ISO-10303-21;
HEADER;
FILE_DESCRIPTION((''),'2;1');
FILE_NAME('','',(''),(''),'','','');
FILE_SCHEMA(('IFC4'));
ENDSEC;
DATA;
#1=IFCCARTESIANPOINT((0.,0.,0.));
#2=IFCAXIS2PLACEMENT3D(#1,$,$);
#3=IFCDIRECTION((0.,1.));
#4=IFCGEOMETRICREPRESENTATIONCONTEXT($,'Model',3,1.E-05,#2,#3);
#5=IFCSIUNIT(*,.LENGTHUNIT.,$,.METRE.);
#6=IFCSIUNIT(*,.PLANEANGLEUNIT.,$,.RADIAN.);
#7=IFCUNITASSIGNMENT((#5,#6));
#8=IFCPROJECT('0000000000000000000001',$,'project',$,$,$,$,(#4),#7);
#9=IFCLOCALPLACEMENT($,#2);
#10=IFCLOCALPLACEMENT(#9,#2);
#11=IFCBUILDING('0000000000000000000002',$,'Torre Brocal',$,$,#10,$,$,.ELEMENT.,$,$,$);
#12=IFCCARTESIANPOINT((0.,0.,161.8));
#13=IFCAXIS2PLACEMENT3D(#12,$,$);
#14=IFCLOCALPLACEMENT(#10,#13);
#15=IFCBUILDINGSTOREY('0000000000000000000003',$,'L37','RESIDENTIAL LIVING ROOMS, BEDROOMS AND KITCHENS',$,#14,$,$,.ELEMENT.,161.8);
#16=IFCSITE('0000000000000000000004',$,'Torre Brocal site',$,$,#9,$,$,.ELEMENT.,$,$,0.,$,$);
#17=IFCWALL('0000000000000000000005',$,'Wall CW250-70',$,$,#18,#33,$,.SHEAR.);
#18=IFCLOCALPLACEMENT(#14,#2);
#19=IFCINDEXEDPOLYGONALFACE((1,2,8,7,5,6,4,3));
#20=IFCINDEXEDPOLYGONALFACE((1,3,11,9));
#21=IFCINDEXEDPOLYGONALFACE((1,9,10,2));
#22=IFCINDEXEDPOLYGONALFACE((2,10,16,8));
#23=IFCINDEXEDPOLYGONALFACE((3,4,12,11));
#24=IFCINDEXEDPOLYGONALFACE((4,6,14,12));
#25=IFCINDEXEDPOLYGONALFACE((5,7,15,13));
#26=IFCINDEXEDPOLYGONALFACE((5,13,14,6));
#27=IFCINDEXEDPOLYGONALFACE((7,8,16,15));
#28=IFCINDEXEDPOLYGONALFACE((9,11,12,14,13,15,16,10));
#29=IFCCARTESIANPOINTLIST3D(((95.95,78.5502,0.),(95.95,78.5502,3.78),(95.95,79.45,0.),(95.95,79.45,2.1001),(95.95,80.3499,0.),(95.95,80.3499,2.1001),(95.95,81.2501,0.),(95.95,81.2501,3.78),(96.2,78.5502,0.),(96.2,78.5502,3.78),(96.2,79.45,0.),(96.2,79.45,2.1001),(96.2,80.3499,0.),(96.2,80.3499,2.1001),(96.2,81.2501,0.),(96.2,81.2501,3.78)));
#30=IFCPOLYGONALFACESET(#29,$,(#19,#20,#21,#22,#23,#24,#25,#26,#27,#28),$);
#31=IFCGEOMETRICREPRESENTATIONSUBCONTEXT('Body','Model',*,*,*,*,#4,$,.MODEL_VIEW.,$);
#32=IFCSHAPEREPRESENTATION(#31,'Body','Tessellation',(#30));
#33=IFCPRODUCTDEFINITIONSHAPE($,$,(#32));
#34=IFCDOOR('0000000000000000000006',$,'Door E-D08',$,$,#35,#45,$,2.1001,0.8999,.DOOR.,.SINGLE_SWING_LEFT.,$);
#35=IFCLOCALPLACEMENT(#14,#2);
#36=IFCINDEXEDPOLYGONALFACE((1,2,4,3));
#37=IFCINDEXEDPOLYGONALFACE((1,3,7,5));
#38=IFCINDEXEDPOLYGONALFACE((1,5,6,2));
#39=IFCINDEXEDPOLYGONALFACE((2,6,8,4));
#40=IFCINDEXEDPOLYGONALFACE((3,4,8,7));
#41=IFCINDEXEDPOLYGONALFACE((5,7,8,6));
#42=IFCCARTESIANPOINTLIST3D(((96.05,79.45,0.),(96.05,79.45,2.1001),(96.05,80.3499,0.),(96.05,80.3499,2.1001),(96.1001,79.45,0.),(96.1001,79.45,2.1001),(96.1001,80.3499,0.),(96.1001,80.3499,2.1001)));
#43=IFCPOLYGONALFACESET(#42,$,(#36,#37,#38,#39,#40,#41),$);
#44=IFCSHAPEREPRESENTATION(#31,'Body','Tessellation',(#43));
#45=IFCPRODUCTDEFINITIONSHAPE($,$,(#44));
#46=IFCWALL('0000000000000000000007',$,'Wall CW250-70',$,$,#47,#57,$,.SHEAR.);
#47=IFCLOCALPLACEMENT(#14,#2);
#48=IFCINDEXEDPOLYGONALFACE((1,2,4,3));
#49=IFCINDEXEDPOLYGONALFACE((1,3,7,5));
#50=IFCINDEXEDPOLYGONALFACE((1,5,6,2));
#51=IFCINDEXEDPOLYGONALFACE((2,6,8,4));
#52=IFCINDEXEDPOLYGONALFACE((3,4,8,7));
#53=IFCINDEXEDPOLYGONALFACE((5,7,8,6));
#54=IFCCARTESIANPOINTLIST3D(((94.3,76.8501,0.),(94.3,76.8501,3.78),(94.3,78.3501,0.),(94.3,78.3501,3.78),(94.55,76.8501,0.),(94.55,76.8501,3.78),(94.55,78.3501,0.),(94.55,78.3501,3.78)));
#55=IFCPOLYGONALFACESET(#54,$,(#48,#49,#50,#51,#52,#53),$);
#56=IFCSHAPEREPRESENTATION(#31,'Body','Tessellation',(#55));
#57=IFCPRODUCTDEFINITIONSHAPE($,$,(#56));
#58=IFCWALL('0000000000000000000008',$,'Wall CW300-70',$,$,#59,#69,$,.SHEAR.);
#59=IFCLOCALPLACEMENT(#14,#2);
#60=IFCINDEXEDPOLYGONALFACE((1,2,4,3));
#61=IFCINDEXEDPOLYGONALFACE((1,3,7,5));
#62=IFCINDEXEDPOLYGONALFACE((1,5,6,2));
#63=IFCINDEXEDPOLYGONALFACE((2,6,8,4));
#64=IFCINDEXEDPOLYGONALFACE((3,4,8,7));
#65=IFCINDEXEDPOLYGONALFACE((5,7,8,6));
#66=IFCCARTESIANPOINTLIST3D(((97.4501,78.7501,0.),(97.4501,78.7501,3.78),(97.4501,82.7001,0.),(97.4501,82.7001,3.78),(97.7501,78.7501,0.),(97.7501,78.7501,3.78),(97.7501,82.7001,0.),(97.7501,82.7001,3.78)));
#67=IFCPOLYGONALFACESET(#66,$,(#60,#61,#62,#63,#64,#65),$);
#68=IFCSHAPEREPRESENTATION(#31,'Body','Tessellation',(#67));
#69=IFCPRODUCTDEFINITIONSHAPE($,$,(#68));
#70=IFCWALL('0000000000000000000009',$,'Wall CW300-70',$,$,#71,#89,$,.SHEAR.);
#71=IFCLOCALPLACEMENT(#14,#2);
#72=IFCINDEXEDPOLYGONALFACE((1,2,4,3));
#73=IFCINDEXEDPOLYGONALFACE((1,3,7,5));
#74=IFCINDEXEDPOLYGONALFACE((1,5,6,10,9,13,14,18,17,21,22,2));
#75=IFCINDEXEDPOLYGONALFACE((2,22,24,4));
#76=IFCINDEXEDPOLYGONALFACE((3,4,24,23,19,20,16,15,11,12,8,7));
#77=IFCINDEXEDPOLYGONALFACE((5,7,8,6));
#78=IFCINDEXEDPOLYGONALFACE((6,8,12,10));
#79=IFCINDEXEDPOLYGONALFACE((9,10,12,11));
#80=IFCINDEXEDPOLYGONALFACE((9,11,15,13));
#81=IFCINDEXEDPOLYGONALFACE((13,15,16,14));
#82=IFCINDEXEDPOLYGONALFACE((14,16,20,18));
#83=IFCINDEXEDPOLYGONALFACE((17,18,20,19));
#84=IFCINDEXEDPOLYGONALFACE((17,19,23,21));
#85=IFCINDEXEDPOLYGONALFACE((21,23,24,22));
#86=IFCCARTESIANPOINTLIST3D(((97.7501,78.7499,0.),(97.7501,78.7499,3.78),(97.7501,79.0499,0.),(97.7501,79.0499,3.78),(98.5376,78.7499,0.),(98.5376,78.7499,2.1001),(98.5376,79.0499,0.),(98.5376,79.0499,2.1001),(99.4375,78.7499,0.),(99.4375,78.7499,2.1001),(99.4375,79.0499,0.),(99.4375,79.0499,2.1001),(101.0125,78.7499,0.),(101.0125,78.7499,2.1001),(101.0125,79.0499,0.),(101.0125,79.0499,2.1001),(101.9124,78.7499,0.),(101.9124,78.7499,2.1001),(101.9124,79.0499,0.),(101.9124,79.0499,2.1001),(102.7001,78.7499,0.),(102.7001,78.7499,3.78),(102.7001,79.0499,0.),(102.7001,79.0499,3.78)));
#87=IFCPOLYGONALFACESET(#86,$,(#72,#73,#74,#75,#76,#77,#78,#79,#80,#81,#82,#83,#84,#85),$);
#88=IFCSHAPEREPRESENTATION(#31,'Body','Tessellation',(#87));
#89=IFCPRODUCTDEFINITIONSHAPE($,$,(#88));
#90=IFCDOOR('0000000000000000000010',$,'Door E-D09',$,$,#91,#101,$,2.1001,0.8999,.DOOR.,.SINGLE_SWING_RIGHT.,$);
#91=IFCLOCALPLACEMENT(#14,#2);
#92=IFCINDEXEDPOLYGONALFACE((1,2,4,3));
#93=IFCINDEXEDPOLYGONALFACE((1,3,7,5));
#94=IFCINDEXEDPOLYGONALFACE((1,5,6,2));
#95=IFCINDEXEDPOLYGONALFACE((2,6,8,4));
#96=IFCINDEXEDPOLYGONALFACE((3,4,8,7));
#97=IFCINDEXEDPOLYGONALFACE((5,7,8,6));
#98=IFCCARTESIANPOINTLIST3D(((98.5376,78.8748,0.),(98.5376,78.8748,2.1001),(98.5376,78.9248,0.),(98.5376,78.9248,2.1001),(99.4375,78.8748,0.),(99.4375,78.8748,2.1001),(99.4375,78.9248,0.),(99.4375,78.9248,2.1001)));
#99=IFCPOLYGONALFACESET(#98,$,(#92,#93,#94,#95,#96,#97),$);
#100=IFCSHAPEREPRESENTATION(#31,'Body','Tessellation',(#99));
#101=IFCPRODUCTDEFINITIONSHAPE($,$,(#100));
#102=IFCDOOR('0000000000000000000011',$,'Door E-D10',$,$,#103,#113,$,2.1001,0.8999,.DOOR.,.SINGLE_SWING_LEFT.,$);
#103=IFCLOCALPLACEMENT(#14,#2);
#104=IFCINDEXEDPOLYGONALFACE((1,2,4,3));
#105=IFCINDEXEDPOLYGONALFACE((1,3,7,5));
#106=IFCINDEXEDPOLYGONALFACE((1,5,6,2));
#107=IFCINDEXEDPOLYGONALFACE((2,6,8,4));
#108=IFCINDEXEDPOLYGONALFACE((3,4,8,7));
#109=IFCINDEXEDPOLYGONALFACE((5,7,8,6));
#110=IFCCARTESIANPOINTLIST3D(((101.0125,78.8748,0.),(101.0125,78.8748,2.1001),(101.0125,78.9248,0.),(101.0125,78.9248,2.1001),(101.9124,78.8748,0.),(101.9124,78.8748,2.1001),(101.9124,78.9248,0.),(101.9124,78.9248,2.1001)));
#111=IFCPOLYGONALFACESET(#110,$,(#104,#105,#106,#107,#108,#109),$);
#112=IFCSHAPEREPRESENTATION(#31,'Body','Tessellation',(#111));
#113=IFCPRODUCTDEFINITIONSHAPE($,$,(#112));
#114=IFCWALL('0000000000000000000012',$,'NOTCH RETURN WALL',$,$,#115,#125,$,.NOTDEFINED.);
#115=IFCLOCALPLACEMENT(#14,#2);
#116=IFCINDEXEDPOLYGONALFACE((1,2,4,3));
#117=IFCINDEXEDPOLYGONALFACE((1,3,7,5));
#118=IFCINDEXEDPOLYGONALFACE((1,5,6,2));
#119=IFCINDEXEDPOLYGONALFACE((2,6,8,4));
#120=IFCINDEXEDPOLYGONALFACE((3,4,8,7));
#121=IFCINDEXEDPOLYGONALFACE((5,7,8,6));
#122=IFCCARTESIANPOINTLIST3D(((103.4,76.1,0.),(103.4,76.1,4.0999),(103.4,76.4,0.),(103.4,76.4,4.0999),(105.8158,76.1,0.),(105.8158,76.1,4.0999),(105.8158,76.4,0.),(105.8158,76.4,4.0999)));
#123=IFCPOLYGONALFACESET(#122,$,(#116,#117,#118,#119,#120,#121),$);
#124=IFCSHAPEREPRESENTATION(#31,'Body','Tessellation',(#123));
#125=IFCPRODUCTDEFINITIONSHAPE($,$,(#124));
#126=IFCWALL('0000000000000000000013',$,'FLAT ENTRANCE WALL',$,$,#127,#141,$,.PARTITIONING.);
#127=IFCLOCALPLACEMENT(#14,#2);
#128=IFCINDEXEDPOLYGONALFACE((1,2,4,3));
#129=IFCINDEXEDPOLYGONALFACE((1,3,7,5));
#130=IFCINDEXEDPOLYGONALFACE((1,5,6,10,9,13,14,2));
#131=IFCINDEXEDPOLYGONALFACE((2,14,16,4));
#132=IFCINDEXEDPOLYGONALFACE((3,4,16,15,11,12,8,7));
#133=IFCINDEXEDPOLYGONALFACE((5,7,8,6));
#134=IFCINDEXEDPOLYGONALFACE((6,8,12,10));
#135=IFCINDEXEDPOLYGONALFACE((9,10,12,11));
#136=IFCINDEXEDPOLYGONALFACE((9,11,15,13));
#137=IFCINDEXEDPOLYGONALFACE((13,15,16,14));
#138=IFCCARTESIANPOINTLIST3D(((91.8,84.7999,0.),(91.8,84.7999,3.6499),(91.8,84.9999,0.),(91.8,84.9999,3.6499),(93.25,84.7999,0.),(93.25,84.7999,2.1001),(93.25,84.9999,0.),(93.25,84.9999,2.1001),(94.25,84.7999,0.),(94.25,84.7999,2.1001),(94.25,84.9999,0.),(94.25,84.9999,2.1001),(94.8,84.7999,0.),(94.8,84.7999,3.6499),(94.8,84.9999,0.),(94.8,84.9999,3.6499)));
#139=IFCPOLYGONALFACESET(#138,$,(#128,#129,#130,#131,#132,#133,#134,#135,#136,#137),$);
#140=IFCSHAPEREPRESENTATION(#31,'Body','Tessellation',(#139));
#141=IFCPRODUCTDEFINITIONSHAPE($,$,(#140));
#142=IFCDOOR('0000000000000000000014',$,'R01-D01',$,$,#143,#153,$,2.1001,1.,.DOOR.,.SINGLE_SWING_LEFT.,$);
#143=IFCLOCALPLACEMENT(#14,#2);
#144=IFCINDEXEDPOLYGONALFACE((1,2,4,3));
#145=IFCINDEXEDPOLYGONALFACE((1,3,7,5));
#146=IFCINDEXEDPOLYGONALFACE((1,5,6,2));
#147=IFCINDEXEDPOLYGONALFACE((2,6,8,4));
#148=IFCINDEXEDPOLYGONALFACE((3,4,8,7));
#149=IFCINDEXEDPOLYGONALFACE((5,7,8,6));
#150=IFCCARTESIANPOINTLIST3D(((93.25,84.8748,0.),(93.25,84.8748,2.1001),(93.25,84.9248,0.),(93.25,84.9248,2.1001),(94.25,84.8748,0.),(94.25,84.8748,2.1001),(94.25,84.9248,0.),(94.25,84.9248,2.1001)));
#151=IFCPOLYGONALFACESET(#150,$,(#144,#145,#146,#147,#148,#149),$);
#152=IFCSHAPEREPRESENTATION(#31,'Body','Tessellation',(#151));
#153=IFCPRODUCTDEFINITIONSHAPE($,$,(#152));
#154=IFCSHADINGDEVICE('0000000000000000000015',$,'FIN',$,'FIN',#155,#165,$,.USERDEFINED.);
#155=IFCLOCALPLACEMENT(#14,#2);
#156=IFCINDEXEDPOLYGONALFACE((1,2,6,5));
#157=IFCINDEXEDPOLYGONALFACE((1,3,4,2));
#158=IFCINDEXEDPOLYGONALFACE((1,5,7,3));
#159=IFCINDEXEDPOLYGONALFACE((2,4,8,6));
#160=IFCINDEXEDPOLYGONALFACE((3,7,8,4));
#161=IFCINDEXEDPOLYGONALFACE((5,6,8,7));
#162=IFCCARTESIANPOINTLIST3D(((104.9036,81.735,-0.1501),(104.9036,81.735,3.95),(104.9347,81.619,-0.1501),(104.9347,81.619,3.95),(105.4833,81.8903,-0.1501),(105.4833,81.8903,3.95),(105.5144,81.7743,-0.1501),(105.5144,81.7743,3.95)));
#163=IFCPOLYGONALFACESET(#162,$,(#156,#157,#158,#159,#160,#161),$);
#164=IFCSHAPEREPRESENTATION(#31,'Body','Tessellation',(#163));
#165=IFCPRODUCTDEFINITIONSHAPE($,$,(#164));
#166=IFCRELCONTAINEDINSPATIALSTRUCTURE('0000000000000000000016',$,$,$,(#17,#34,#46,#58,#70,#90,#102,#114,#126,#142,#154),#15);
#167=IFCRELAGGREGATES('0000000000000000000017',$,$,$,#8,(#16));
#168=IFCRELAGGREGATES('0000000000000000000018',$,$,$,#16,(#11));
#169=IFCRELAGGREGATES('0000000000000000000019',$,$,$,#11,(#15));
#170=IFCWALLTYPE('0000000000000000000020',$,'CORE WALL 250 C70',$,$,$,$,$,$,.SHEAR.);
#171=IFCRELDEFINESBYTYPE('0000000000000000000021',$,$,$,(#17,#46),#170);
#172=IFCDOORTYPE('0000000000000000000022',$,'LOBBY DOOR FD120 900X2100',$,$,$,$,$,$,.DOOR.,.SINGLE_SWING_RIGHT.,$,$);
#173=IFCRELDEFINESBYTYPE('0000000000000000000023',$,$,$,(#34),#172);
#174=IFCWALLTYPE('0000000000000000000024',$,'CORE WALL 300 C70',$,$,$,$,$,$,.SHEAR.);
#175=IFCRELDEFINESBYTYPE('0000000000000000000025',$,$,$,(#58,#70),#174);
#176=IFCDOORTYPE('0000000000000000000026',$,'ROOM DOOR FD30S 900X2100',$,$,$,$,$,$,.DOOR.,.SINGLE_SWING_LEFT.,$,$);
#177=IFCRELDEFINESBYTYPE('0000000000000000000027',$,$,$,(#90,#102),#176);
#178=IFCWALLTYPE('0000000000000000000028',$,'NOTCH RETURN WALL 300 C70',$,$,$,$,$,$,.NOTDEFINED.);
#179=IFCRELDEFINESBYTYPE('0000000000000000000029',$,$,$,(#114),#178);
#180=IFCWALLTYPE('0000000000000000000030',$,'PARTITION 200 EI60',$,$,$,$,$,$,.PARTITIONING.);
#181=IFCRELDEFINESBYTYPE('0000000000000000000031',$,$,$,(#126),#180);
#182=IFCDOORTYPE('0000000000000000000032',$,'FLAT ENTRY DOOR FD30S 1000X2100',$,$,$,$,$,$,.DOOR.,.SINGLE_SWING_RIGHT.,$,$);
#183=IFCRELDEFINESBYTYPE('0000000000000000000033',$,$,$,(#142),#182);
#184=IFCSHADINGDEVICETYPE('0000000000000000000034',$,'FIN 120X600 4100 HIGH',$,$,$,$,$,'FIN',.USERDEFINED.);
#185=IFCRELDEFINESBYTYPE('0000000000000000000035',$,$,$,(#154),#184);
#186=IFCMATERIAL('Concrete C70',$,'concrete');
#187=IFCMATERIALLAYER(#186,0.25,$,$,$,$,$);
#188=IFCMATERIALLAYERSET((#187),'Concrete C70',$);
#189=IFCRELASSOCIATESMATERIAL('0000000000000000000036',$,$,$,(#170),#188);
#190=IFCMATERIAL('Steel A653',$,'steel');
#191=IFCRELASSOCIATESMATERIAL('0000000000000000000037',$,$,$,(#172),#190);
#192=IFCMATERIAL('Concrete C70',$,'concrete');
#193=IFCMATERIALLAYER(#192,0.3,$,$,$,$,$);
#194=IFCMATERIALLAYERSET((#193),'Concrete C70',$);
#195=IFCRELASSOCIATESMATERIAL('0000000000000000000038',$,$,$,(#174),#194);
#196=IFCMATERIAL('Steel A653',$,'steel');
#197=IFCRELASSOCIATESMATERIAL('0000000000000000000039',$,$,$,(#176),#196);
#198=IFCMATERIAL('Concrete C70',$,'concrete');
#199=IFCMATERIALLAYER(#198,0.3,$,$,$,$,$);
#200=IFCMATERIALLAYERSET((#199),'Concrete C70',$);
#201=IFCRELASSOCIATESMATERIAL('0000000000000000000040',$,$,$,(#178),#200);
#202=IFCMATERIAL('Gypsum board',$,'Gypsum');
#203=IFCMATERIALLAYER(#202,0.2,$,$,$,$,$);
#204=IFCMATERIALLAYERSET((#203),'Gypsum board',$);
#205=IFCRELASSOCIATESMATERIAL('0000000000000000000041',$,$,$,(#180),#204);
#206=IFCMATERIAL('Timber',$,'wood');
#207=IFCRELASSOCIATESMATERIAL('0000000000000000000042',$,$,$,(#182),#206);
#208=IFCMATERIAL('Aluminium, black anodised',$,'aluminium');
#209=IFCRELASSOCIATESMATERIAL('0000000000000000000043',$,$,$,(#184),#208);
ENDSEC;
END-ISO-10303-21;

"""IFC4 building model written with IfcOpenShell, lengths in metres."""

from ifc_helpers import new_model, si_unit, direction, frame, frame_2d, origin, origin_2d, place, context, subcontext, project, spatial, rectangle, extrude, material, layer, layer_set, material_profile, profile_set, type_object, element, fill, save


model = new_model("IFC4")

# Units and contexts
model_context = context("Model", 3, precision=1e-05, world=origin(), true_north=direction((0.0, 1.0)))
body_context = subcontext(model_context, "Body", "Model", "MODEL_VIEW")
ifc_project = project(units=[si_unit("LENGTHUNIT", "METRE"), si_unit("PLANEANGLEUNIT", "RADIAN")], contexts=[model_context])

# Site, building, storey
site_placement = place(None, origin())
site = spatial("IfcSite", under=ifc_project, at=site_placement, Name="Torre Brocal site", CompositionType="ELEMENT", RefElevation=0.0)
building_placement = place(site_placement, origin())
building = spatial("IfcBuilding", under=site, at=building_placement, Name="Torre Brocal", CompositionType="ELEMENT")
storey_placement = place(building_placement, frame((0.0, 0.0, 161.8)))
storey = spatial("IfcBuildingStorey", under=building, at=storey_placement, Name="L37", Description="RESIDENTIAL LIVING ROOMS, BEDROOMS AND KITCHENS", CompositionType="ELEMENT", Elevation=161.8)

# Wall, opening, door
ifc_material_1 = material(Name="Concrete C70", Category="concrete")
ifc_layer_1 = layer(ifc_material_1, 0.25)
ifc_layer_set_1 = layer_set([ifc_layer_1], Name="Concrete C70")
wall_type_1 = type_object("IfcWallType", Name="CORE WALL 250 C70", PredefinedType="SHEAR", material=ifc_layer_set_1)
wall_1_placement = place(storey_placement, frame((96.075, 78.55, 0.0), z_axis=(0.0, 0.0, 1.0), x_axis=(0.0, 1.0, 0.0)))
wall_1 = element("IfcWall", 1, at=wall_1_placement, inside=storey, type_object=wall_type_1, Name="Wall CW250-70", PredefinedType="SHEAR", context=body_context, shape_type="SweptSolid", body=[
    extrude(rectangle(XDim=2.7, YDim=0.25, at=frame_2d((1.3501, 0.0))), origin(), (0.0, 0.0, 1.0), 3.78),
])
opening_1_placement = place(wall_1_placement, frame((0.8999, 0.0, 0.0)))
opening_1 = element("IfcOpeningElement", 2, at=opening_1_placement, cuts=wall_1, PredefinedType="OPENING", context=body_context, shape_type="SweptSolid", body=[
    extrude(rectangle(XDim=0.8999, YDim=2.1001, at=frame_2d((0.45, 1.05))), frame((0.0, 0.135, 0.0), z_axis=(0.0, -1.0, 0.0), x_axis=(1.0, 0.0, 0.0)), (0.0, 0.0, 1.0), 0.27),
])
ifc_material_2 = material(Name="Steel A653", Category="steel")
door_type_1 = type_object("IfcDoorType", Name="LOBBY DOOR FD120 900X2100", OperationType="SINGLE_SWING_RIGHT", PredefinedType="DOOR", material=ifc_material_2)
door_1_placement = place(opening_1_placement, origin())
door_1 = element("IfcDoor", 3, at=door_1_placement, inside=storey, type_object=door_type_1, Name="Door E-D08", OperationType="SINGLE_SWING_LEFT", OverallHeight=2.1001, OverallWidth=0.8999, PredefinedType="DOOR", context=body_context, shape_type="SweptSolid", body=[
    extrude(rectangle(XDim=0.8999, YDim=2.1001, at=frame_2d((0.45, 1.05))), frame((0.0, 0.0249, 0.0), z_axis=(0.0, -1.0, 0.0), x_axis=(1.0, 0.0, 0.0)), (0.0, 0.0, 1.0), 0.05),
])
fill(opening_1, door_1)

# Walls
wall_2_placement = place(storey_placement, frame((94.425, 76.8501, 0.0), z_axis=(0.0, 0.0, 1.0), x_axis=(0.0, 1.0, 0.0)))
element("IfcWall", 4, at=wall_2_placement, inside=storey, type_object=wall_type_1, Name="Wall CW250-70", PredefinedType="SHEAR", context=body_context, shape_type="SweptSolid", body=[
    extrude(rectangle(XDim=1.5, YDim=0.25, at=frame_2d((0.75, 0.0))), origin(), (0.0, 0.0, 1.0), 3.78),
])
ifc_material_3 = material(Name="Concrete C70", Category="concrete")
ifc_layer_2 = layer(ifc_material_3, 0.3)
ifc_layer_set_2 = layer_set([ifc_layer_2], Name="Concrete C70")
wall_type_2 = type_object("IfcWallType", Name="CORE WALL 300 C70", PredefinedType="SHEAR", material=ifc_layer_set_2)
wall_3_placement = place(storey_placement, frame((97.6001, 78.75, 0.0), z_axis=(0.0, 0.0, 1.0), x_axis=(0.0, 1.0, 0.0)))
element("IfcWall", 5, at=wall_3_placement, inside=storey, type_object=wall_type_2, Name="Wall CW300-70", PredefinedType="SHEAR", context=body_context, shape_type="SweptSolid", body=[
    extrude(rectangle(XDim=3.95, YDim=0.3, at=frame_2d((1.9751, 0.0))), origin(), (0.0, 0.0, 1.0), 3.78),
])

# Wall, openings, doors
wall_4_placement = place(storey_placement, frame((97.75, 78.8999, 0.0), z_axis=(0.0, 0.0, 1.0), x_axis=(1.0, 0.0, 0.0)))
wall_4 = element("IfcWall", 6, at=wall_4_placement, inside=storey, type_object=wall_type_2, Name="Wall CW300-70", PredefinedType="SHEAR", context=body_context, shape_type="SweptSolid", body=[
    extrude(rectangle(XDim=4.95, YDim=0.3, at=frame_2d((2.4751, 0.0))), origin(), (0.0, 0.0, 1.0), 3.78),
])
opening_2_placement = place(wall_4_placement, frame((0.7876, 0.0, 0.0)))
opening_2 = element("IfcOpeningElement", 7, at=opening_2_placement, cuts=wall_4, PredefinedType="OPENING", context=body_context, shape_type="SweptSolid", body=[
    extrude(rectangle(XDim=0.8999, YDim=2.1001, at=frame_2d((0.45, 1.05))), frame((0.0, 0.1599, 0.0), z_axis=(0.0, -1.0, 0.0), x_axis=(1.0, 0.0, 0.0)), (0.0, 0.0, 1.0), 0.3201),
])
opening_3_placement = place(wall_4_placement, frame((3.2625, 0.0, 0.0)))
opening_3 = element("IfcOpeningElement", 8, at=opening_3_placement, cuts=wall_4, PredefinedType="OPENING", context=body_context, shape_type="SweptSolid", body=[
    extrude(rectangle(XDim=0.8999, YDim=2.1001, at=frame_2d((0.45, 1.05))), frame((0.0, 0.1599, 0.0), z_axis=(0.0, -1.0, 0.0), x_axis=(1.0, 0.0, 0.0)), (0.0, 0.0, 1.0), 0.3201),
])
ifc_material_4 = material(Name="Steel A653", Category="steel")
door_type_2 = type_object("IfcDoorType", Name="ROOM DOOR FD30S 900X2100", OperationType="SINGLE_SWING_LEFT", PredefinedType="DOOR", material=ifc_material_4)
door_2_placement = place(opening_2_placement, origin())
door_2 = element("IfcDoor", 9, at=door_2_placement, inside=storey, type_object=door_type_2, Name="Door E-D09", OperationType="SINGLE_SWING_RIGHT", OverallHeight=2.1001, OverallWidth=0.8999, PredefinedType="DOOR", context=body_context, shape_type="SweptSolid", body=[
    extrude(rectangle(XDim=0.8999, YDim=2.1001, at=frame_2d((0.45, 1.05))), frame((0.0, 0.0249, 0.0), z_axis=(0.0, -1.0, 0.0), x_axis=(1.0, 0.0, 0.0)), (0.0, 0.0, 1.0), 0.05),
])
fill(opening_2, door_2)
door_3_placement = place(opening_3_placement, origin())
door_3 = element("IfcDoor", 10, at=door_3_placement, inside=storey, type_object=door_type_2, Name="Door E-D10", OperationType="SINGLE_SWING_LEFT", OverallHeight=2.1001, OverallWidth=0.8999, PredefinedType="DOOR", context=body_context, shape_type="SweptSolid", body=[
    extrude(rectangle(XDim=0.8999, YDim=2.1001, at=frame_2d((0.45, 1.05))), frame((0.0, 0.0249, 0.0), z_axis=(0.0, -1.0, 0.0), x_axis=(1.0, 0.0, 0.0)), (0.0, 0.0, 1.0), 0.05),
])
fill(opening_3, door_3)

# Wall
ifc_material_5 = material(Name="Concrete C70", Category="concrete")
ifc_layer_3 = layer(ifc_material_5, 0.3)
ifc_layer_set_3 = layer_set([ifc_layer_3], Name="Concrete C70")
wall_type_3 = type_object("IfcWallType", Name="NOTCH RETURN WALL 300 C70", PredefinedType="NOTDEFINED", material=ifc_layer_set_3)
wall_5_placement = place(storey_placement, frame((103.3999, 76.25, 0.0), z_axis=(0.0, 0.0, 1.0), x_axis=(1.0, 0.0, 0.0)))
element("IfcWall", 11, at=wall_5_placement, inside=storey, type_object=wall_type_3, Name="NOTCH RETURN WALL", PredefinedType="NOTDEFINED", context=body_context, shape_type="SweptSolid", body=[
    extrude(rectangle(XDim=2.4158, YDim=0.3, at=frame_2d((1.208, 0.0))), origin(), (0.0, 0.0, 1.0), 4.0999),
])

# Wall, opening, door
ifc_material_6 = material(Name="Gypsum board", Category="Gypsum")
ifc_layer_4 = layer(ifc_material_6, 0.2)
ifc_layer_set_4 = layer_set([ifc_layer_4], Name="Gypsum board")
wall_type_4 = type_object("IfcWallType", Name="PARTITION 200 EI60", PredefinedType="PARTITIONING", material=ifc_layer_set_4)
wall_6_placement = place(storey_placement, frame((91.8, 84.8999, 0.0), z_axis=(0.0, 0.0, 1.0), x_axis=(1.0, 0.0, 0.0)))
wall_6 = element("IfcWall", 12, at=wall_6_placement, inside=storey, type_object=wall_type_4, Name="FLAT ENTRANCE WALL", PredefinedType="PARTITIONING", context=body_context, shape_type="SweptSolid", body=[
    extrude(rectangle(XDim=3.0, YDim=0.2, at=frame_2d((1.5, 0.0))), origin(), (0.0, 0.0, 1.0), 3.6499),
])
opening_4_placement = place(wall_6_placement, frame((1.45, 0.0, 0.0)))
opening_4 = element("IfcOpeningElement", 13, at=opening_4_placement, cuts=wall_6, PredefinedType="OPENING", context=body_context, shape_type="SweptSolid", body=[
    extrude(rectangle(XDim=1.0, YDim=2.1001, at=frame_2d((0.5, 1.05))), frame((0.0, 0.1099, 0.0), z_axis=(0.0, -1.0, 0.0), x_axis=(1.0, 0.0, 0.0)), (0.0, 0.0, 1.0), 0.22),
])
ifc_material_7 = material(Name="Timber", Category="wood")
door_type_3 = type_object("IfcDoorType", Name="FLAT ENTRY DOOR FD30S 1000X2100", OperationType="SINGLE_SWING_RIGHT", PredefinedType="DOOR", material=ifc_material_7)
door_4_placement = place(opening_4_placement, origin())
door_4 = element("IfcDoor", 14, at=door_4_placement, inside=storey, type_object=door_type_3, Name="R01-D01", OperationType="SINGLE_SWING_LEFT", OverallHeight=2.1001, OverallWidth=1.0, PredefinedType="DOOR", context=body_context, shape_type="SweptSolid", body=[
    extrude(rectangle(XDim=1.0, YDim=2.1001, at=frame_2d((0.5, 1.05))), frame((0.0, 0.0249, 0.0), z_axis=(0.0, -1.0, 0.0), x_axis=(1.0, 0.0, 0.0)), (0.0, 0.0, 1.0), 0.05),
])
fill(opening_4, door_4)

# Shading device
ifc_material_8 = material(Name="Aluminium, black anodised", Category="aluminium")
ifc_material_profile_1 = material_profile(ifc_material_8, rectangle(XDim=0.1201, YDim=0.6001, at=origin_2d()), Name="FIN 120X600 4100 HIGH")
ifc_profile_set_1 = profile_set([ifc_material_profile_1], Name="Aluminium, black anodised")
shading_device_type = type_object("IfcShadingDeviceType", Name="FIN 120X600 4100 HIGH", ElementType="FIN", PredefinedType="USERDEFINED", material=ifc_profile_set_1)
shading_device_placement = place(storey_placement, frame((105.209, 81.7546, -0.1501), z_axis=(0.0, 0.0, 1.0), x_axis=(-0.258819, 0.965926, 0.0)))
element("IfcShadingDevice", 15, at=shading_device_placement, inside=storey, type_object=shading_device_type, Name="FIN", ObjectType="FIN", PredefinedType="USERDEFINED", context=body_context, shape_type="SweptSolid", body=[
    extrude(rectangle(XDim=0.1201, YDim=0.6001, at=origin_2d()), origin(), (0.0, 0.0, 1.0), 4.1001),
])

save(model, "model.ifc")
